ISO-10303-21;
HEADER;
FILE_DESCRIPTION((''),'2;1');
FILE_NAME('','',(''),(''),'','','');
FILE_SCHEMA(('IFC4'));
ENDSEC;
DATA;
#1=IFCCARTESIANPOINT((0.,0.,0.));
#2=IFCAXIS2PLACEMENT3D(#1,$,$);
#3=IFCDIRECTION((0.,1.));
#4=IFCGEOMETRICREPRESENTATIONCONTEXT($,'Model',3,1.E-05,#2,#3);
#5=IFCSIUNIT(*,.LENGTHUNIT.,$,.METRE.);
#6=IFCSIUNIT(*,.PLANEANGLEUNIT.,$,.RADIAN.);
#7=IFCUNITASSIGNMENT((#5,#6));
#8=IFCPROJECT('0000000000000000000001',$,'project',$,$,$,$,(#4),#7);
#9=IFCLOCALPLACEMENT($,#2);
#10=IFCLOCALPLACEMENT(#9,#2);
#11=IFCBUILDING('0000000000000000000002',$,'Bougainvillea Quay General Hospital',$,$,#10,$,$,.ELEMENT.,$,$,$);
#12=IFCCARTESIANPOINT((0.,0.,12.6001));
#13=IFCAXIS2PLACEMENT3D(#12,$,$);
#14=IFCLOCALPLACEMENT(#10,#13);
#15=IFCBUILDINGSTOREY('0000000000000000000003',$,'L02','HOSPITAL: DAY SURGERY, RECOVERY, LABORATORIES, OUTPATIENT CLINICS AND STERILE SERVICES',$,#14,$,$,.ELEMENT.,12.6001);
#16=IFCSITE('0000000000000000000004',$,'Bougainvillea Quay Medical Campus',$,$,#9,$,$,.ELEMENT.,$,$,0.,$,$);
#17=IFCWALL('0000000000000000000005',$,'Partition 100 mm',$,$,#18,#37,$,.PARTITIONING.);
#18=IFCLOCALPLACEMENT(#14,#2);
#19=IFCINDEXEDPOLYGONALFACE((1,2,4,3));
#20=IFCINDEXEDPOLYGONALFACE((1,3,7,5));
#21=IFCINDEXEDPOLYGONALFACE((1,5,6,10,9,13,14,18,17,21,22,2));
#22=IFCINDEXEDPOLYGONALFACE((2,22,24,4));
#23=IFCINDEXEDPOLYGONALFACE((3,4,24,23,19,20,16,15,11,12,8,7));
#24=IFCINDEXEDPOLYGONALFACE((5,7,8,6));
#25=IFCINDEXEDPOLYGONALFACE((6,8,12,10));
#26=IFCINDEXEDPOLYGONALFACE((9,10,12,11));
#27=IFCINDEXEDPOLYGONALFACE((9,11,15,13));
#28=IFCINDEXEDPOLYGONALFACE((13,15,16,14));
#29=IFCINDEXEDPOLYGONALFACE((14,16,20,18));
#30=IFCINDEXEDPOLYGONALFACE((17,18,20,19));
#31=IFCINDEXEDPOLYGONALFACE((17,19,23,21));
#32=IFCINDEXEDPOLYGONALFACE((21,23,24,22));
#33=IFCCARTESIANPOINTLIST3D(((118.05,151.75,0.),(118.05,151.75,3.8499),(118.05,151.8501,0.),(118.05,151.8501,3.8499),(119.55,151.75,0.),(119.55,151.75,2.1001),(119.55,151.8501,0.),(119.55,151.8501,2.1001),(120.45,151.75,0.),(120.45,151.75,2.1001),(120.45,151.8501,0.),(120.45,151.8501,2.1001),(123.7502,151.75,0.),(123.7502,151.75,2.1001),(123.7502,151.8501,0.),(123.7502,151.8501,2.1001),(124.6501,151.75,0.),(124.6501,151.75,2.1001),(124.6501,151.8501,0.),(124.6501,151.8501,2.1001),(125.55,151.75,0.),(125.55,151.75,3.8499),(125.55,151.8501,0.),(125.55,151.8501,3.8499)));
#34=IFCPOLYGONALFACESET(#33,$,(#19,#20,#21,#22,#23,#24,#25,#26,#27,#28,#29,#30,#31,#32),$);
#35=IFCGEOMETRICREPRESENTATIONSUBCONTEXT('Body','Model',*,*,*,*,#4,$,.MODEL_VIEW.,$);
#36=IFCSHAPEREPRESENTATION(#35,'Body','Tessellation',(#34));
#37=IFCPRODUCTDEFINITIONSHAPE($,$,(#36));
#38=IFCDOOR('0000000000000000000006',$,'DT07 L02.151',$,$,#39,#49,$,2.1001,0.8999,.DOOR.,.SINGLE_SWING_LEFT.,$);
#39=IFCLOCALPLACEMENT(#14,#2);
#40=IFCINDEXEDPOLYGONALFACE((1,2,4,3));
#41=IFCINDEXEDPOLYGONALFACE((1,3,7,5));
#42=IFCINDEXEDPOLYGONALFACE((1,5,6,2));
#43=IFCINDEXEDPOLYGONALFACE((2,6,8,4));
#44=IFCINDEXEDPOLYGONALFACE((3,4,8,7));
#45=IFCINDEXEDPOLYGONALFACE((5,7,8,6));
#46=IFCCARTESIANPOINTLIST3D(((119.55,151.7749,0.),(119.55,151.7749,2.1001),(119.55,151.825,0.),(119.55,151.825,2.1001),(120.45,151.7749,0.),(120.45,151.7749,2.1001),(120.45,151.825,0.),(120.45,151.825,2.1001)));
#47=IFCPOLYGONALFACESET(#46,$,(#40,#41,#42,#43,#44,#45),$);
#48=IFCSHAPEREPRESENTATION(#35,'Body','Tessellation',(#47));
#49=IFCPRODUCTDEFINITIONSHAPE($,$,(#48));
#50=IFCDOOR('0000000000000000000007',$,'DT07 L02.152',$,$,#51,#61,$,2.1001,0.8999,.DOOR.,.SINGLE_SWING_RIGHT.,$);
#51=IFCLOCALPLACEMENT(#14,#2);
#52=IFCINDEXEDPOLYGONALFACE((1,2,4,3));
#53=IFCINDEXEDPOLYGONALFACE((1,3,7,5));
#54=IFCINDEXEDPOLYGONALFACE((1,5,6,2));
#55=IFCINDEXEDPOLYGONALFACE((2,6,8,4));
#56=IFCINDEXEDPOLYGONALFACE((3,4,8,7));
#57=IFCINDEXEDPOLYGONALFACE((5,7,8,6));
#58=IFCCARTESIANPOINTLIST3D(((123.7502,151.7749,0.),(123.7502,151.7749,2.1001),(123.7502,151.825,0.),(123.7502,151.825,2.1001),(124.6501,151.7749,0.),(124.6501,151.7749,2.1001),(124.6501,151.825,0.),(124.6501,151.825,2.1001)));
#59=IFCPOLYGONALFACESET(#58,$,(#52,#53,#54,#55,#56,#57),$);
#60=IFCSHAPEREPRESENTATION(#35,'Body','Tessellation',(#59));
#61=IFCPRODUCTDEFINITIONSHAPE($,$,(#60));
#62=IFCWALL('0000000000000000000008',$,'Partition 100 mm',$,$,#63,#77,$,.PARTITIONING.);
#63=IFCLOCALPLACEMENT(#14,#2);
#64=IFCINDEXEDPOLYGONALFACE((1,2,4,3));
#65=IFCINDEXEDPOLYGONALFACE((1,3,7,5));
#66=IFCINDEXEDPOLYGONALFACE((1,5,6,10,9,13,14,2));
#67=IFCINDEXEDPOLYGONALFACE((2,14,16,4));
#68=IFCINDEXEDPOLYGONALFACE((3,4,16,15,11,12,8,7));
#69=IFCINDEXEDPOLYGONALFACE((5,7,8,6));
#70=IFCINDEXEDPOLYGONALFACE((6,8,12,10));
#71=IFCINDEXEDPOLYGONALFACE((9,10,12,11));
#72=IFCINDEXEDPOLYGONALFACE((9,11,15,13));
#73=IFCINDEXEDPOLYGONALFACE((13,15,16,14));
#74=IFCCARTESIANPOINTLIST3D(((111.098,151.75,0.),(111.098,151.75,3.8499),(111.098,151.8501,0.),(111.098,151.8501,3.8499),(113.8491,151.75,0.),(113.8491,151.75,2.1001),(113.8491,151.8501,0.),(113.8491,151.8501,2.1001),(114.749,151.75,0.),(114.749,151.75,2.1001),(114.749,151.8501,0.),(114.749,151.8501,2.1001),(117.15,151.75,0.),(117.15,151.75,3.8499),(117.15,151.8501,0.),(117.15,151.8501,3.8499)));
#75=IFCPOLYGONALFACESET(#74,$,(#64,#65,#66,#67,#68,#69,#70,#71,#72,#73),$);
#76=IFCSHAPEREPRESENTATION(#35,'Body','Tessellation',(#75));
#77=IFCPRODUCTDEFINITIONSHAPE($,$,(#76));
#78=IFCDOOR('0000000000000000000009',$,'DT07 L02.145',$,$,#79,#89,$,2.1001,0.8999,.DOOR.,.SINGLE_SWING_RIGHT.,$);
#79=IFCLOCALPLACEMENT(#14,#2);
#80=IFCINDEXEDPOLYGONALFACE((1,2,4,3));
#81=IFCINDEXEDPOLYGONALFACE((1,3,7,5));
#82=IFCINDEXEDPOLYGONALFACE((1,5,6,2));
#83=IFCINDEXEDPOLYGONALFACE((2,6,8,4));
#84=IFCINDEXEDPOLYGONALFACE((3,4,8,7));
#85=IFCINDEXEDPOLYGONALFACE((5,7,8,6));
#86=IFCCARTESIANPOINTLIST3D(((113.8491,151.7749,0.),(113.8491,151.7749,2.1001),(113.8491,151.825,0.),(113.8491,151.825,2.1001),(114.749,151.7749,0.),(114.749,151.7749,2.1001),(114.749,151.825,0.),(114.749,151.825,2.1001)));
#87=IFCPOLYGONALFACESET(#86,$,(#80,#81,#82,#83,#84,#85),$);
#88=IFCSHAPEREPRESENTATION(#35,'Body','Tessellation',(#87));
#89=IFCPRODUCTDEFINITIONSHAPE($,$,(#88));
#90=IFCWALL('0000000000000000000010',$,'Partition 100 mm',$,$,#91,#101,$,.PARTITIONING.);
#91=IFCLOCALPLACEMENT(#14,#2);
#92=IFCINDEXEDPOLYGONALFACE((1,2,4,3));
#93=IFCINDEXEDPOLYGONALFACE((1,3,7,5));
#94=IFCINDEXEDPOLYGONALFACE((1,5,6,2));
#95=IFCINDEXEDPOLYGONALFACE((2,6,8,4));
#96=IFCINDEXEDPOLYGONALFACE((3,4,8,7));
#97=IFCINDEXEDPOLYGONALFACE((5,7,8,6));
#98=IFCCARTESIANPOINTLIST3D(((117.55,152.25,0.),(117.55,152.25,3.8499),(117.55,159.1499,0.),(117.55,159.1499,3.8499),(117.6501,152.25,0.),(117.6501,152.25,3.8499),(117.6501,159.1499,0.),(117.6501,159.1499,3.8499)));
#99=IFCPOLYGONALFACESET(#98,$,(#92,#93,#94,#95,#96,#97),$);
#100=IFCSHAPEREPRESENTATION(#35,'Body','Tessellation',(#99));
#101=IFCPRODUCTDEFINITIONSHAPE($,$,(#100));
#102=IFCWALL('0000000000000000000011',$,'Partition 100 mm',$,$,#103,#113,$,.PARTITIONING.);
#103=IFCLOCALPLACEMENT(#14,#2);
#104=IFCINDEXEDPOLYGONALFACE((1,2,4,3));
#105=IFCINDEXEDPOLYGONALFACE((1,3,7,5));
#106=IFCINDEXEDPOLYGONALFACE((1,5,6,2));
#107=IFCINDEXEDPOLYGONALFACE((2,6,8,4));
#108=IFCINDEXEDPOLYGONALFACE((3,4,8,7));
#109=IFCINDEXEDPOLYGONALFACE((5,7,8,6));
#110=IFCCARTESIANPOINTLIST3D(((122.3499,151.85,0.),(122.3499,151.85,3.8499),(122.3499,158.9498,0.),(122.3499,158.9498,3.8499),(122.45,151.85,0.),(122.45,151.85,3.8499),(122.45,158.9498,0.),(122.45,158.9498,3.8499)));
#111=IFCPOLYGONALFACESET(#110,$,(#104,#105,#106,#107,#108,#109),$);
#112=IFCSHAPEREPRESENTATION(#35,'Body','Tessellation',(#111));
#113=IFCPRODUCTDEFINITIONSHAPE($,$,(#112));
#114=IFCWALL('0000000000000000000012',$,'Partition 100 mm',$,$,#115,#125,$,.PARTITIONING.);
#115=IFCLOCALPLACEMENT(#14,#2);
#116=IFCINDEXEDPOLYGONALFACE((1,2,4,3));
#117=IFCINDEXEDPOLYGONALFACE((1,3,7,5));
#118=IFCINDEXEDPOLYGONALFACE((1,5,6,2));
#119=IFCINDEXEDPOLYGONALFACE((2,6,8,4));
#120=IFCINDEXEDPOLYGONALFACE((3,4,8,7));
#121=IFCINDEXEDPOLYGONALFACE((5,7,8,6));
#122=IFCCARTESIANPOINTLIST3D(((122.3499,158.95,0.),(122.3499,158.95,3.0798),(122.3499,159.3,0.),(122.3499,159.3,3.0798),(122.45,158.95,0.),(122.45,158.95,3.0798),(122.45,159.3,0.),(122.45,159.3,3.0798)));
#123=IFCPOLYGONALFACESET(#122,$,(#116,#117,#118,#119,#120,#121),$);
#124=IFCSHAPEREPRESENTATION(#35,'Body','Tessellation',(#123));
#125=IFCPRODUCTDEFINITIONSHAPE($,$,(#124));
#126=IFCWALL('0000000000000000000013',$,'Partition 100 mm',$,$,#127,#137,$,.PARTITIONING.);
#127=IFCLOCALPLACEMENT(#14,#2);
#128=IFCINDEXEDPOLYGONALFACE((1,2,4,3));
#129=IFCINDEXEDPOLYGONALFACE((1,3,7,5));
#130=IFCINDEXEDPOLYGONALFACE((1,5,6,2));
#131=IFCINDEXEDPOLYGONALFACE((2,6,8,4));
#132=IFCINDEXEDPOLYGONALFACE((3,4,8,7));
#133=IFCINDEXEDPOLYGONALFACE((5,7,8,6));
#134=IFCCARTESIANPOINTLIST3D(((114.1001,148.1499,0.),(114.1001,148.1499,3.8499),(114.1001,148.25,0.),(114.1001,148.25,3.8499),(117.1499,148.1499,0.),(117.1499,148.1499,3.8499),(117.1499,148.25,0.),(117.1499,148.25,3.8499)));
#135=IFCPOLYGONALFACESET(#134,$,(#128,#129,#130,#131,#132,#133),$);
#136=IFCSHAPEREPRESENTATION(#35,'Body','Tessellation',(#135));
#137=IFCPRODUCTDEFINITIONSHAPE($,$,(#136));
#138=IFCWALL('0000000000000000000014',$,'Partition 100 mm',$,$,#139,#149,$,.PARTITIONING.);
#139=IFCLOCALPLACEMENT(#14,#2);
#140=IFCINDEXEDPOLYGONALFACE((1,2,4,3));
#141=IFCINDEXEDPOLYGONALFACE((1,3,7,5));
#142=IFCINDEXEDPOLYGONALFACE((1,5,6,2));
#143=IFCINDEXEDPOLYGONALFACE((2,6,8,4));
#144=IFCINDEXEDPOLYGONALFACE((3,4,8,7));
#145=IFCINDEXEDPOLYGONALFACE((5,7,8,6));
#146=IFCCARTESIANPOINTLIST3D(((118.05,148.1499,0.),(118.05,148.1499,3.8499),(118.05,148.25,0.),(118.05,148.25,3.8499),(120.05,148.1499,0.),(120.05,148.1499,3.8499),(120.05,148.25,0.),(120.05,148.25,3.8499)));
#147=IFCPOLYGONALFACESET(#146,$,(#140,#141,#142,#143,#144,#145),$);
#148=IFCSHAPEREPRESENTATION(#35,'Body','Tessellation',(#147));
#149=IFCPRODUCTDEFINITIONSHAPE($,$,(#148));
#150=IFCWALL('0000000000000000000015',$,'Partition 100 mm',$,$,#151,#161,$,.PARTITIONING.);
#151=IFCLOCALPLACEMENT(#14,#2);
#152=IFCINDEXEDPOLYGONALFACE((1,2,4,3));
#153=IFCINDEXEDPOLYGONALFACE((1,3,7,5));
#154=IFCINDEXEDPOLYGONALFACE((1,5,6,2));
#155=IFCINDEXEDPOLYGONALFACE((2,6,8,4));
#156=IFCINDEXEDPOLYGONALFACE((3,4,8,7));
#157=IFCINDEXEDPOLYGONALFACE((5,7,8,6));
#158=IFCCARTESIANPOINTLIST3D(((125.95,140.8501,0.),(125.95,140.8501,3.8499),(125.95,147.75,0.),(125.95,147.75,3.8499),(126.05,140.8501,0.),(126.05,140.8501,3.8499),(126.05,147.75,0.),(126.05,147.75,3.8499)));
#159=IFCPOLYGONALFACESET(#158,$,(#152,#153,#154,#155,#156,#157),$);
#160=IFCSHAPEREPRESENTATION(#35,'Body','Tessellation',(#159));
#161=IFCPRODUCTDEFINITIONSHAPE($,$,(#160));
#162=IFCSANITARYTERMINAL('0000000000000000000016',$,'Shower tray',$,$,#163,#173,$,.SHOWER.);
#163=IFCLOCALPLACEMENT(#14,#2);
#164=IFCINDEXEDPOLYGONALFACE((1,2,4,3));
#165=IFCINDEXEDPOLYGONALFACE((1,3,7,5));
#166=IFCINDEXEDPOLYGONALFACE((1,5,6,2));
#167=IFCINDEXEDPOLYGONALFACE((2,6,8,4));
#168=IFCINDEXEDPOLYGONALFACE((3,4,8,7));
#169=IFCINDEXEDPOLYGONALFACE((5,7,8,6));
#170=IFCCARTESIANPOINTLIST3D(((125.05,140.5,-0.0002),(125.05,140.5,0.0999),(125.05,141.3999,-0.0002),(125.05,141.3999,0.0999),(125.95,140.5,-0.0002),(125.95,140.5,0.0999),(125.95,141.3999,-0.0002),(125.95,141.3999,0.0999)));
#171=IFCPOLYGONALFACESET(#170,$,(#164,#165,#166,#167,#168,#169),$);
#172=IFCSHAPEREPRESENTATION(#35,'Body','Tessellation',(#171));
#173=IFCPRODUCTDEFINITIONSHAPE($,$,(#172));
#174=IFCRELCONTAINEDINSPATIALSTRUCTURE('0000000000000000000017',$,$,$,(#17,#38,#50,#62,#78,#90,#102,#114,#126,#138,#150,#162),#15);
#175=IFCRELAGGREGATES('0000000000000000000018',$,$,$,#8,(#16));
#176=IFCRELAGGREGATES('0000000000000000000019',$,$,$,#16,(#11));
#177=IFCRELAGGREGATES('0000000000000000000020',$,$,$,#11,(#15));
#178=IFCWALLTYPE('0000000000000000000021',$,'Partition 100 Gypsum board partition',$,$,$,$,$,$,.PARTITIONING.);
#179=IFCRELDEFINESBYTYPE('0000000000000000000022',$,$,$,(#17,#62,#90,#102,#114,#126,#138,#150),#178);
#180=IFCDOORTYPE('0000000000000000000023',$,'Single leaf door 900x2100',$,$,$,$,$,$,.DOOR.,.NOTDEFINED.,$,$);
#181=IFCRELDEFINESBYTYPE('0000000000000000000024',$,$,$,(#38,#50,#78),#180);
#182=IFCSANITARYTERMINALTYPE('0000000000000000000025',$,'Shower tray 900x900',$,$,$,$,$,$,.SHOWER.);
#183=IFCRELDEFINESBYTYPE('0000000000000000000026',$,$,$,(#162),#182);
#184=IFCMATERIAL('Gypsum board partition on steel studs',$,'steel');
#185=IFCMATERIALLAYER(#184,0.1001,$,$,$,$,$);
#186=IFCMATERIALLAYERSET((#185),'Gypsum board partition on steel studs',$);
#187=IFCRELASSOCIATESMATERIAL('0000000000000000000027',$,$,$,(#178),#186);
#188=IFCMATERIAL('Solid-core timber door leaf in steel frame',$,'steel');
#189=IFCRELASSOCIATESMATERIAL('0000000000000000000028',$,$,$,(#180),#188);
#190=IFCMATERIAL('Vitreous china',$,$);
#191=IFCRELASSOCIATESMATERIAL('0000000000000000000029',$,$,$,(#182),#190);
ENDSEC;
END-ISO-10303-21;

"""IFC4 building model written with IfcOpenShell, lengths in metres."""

from ifc_helpers import new_model, si_unit, direction, frame, frame_2d, origin, origin_2d, place, context, subcontext, project, spatial, rectangle, extrude, material, layer, layer_set, type_object, element, fill, save


model = new_model("IFC4")

# Units and contexts
model_context = context("Model", 3, precision=1e-05, world=origin(), true_north=direction((0.0, 1.0)))
body_context = subcontext(model_context, "Body", "Model", "MODEL_VIEW")
ifc_project = project(units=[si_unit("LENGTHUNIT", "METRE"), si_unit("PLANEANGLEUNIT", "RADIAN")], contexts=[model_context])

# Site, building, storey
site_placement = place(None, origin())
site = spatial("IfcSite", under=ifc_project, at=site_placement, Name="Bougainvillea Quay Medical Campus", CompositionType="ELEMENT", RefElevation=0.0)
building_placement = place(site_placement, origin())
building = spatial("IfcBuilding", under=site, at=building_placement, Name="Bougainvillea Quay General Hospital", CompositionType="ELEMENT")
storey_placement = place(building_placement, frame((0.0, 0.0, 12.6001)))
storey = spatial("IfcBuildingStorey", under=building, at=storey_placement, Name="L02", Description="HOSPITAL: DAY SURGERY, RECOVERY, LABORATORIES, OUTPATIENT CLINICS AND STERILE SERVICES", CompositionType="ELEMENT", Elevation=12.6001)

# Shared definitions
ifc_material_1 = material(Name="Gypsum board partition on steel studs", Category="steel")
ifc_layer_1 = layer(ifc_material_1, 0.1001)
ifc_layer_set_1 = layer_set([ifc_layer_1], Name="Gypsum board partition on steel studs")
wall_type_1 = type_object("IfcWallType", Name="Partition 100 Gypsum board partition", PredefinedType="PARTITIONING", material=ifc_layer_set_1)

# Wall, openings, doors
wall_1_placement = place(storey_placement, frame((125.55, 151.8, 0.0), z_axis=(0.0, 0.0, 1.0), x_axis=(-1.0, 0.0, 0.0)))
wall_1 = element("IfcWall", 1, at=wall_1_placement, inside=storey, type_object=wall_type_1, Name="Partition 100 mm", PredefinedType="PARTITIONING", context=body_context, shape_type="SweptSolid", body=[
    extrude(rectangle(XDim=7.5, YDim=0.1001, at=frame_2d((3.75, 0.0))), origin(), (0.0, 0.0, 1.0), 3.8499),
])
opening_1_placement = place(wall_1_placement, frame((5.1001, 0.0, 0.0)))
opening_1 = element("IfcOpeningElement", 2, at=opening_1_placement, cuts=wall_1, PredefinedType="OPENING", context=body_context, shape_type="SweptSolid", body=[
    extrude(rectangle(XDim=0.8999, YDim=2.1001, at=frame_2d((0.45, 1.05))), frame((0.0, 0.0601, 0.0), z_axis=(0.0, -1.0, 0.0), x_axis=(1.0, 0.0, 0.0)), (0.0, 0.0, 1.0), 0.1201),
])
opening_2_placement = place(wall_1_placement, frame((0.8999, 0.0, 0.0)))
opening_2 = element("IfcOpeningElement", 3, at=opening_2_placement, cuts=wall_1, PredefinedType="OPENING", context=body_context, shape_type="SweptSolid", body=[
    extrude(rectangle(XDim=0.8999, YDim=2.1001, at=frame_2d((0.45, 1.05))), frame((0.0, 0.0601, 0.0), z_axis=(0.0, -1.0, 0.0), x_axis=(1.0, 0.0, 0.0)), (0.0, 0.0, 1.0), 0.1201),
])
ifc_material_2 = material(Name="Solid-core timber door leaf in steel frame", Category="steel")
door_type = type_object("IfcDoorType", Name="Single leaf door 900x2100", OperationType="NOTDEFINED", PredefinedType="DOOR", material=ifc_material_2)
door_1_placement = place(opening_1_placement, frame((0.8999, 0.0, 0.0), z_axis=(0.0, 0.0, 1.0), x_axis=(-1.0, 0.0, 0.0)))
door_1 = element("IfcDoor", 4, at=door_1_placement, inside=storey, type_object=door_type, Name="DT07 L02.151", OperationType="SINGLE_SWING_LEFT", OverallHeight=2.1001, OverallWidth=0.8999, PredefinedType="DOOR", context=body_context, shape_type="SweptSolid", body=[
    extrude(rectangle(XDim=0.8999, YDim=2.1001, at=frame_2d((0.45, 1.05))), frame((0.0, 0.0249, 0.0), z_axis=(0.0, -1.0, 0.0), x_axis=(1.0, 0.0, 0.0)), (0.0, 0.0, 1.0), 0.05),
])
fill(opening_1, door_1)
door_2_placement = place(opening_2_placement, frame((0.8999, 0.0, 0.0), z_axis=(0.0, 0.0, 1.0), x_axis=(-1.0, 0.0, 0.0)))
door_2 = element("IfcDoor", 5, at=door_2_placement, inside=storey, type_object=door_type, Name="DT07 L02.152", OperationType="SINGLE_SWING_RIGHT", OverallHeight=2.1001, OverallWidth=0.8999, PredefinedType="DOOR", context=body_context, shape_type="SweptSolid", body=[
    extrude(rectangle(XDim=0.8999, YDim=2.1001, at=frame_2d((0.45, 1.05))), frame((0.0, 0.0249, 0.0), z_axis=(0.0, -1.0, 0.0), x_axis=(1.0, 0.0, 0.0)), (0.0, 0.0, 1.0), 0.05),
])
fill(opening_2, door_2)

# Wall, opening, door
wall_2_placement = place(storey_placement, frame((117.1499, 151.8, 0.0), z_axis=(0.0, 0.0, 1.0), x_axis=(-1.0, 0.0, 0.0)))
wall_2 = element("IfcWall", 6, at=wall_2_placement, inside=storey, type_object=wall_type_1, Name="Partition 100 mm", PredefinedType="PARTITIONING", context=body_context, shape_type="SweptSolid", body=[
    extrude(rectangle(XDim=6.052, YDim=0.1001, at=frame_2d((3.0259, 0.0))), origin(), (0.0, 0.0, 1.0), 3.8499),
])
opening_3_placement = place(wall_2_placement, frame((2.4009, 0.0, 0.0)))
opening_3 = element("IfcOpeningElement", 7, at=opening_3_placement, cuts=wall_2, PredefinedType="OPENING", context=body_context, shape_type="SweptSolid", body=[
    extrude(rectangle(XDim=0.8999, YDim=2.1001, at=frame_2d((0.45, 1.05))), frame((0.0, 0.0601, 0.0), z_axis=(0.0, -1.0, 0.0), x_axis=(1.0, 0.0, 0.0)), (0.0, 0.0, 1.0), 0.1201),
])
door_3_placement = place(opening_3_placement, frame((0.8999, 0.0, 0.0), z_axis=(0.0, 0.0, 1.0), x_axis=(-1.0, 0.0, 0.0)))
door_3 = element("IfcDoor", 8, at=door_3_placement, inside=storey, type_object=door_type, Name="DT07 L02.145", OperationType="SINGLE_SWING_RIGHT", OverallHeight=2.1001, OverallWidth=0.8999, PredefinedType="DOOR", context=body_context, shape_type="SweptSolid", body=[
    extrude(rectangle(XDim=0.8999, YDim=2.1001, at=frame_2d((0.45, 1.05))), frame((0.0, 0.0249, 0.0), z_axis=(0.0, -1.0, 0.0), x_axis=(1.0, 0.0, 0.0)), (0.0, 0.0, 1.0), 0.05),
])
fill(opening_3, door_3)

# Walls
wall_3_placement = place(storey_placement, frame((117.6001, 152.25, 0.0), z_axis=(0.0, 0.0, 1.0), x_axis=(0.0, 1.0, 0.0)))
element("IfcWall", 9, at=wall_3_placement, inside=storey, type_object=wall_type_1, Name="Partition 100 mm", PredefinedType="PARTITIONING", context=body_context, shape_type="SweptSolid", body=[
    extrude(rectangle(XDim=6.8999, YDim=0.1001, at=frame_2d((3.45, 0.0))), origin(), (0.0, 0.0, 1.0), 3.8499),
])
wall_4_placement = place(storey_placement, frame((122.3999, 151.8501, 0.0), z_axis=(0.0, 0.0, 1.0), x_axis=(0.0, 1.0, 0.0)))
element("IfcWall", 10, at=wall_4_placement, inside=storey, type_object=wall_type_1, Name="Partition 100 mm", PredefinedType="PARTITIONING", context=body_context, shape_type="SweptSolid", body=[
    extrude(rectangle(XDim=7.0999, YDim=0.1001, at=frame_2d((3.5498, 0.0))), origin(), (0.0, 0.0, 1.0), 3.8499),
])
wall_5_placement = place(storey_placement, frame((122.3999, 158.95, 0.0), z_axis=(0.0, 0.0, 1.0), x_axis=(0.0, 1.0, 0.0)))
element("IfcWall", 11, at=wall_5_placement, inside=storey, type_object=wall_type_1, Name="Partition 100 mm", PredefinedType="PARTITIONING", context=body_context, shape_type="SweptSolid", body=[
    extrude(rectangle(XDim=0.3501, YDim=0.1001, at=frame_2d((0.175, 0.0))), origin(), (0.0, 0.0, 1.0), 3.0798),
])
wall_6_placement = place(storey_placement, frame((114.1001, 148.2, 0.0), z_axis=(0.0, 0.0, 1.0), x_axis=(1.0, 0.0, 0.0)))
element("IfcWall", 12, at=wall_6_placement, inside=storey, type_object=wall_type_1, Name="Partition 100 mm", PredefinedType="PARTITIONING", context=body_context, shape_type="SweptSolid", body=[
    extrude(rectangle(XDim=3.0498, YDim=0.1001, at=frame_2d((1.5249, 0.0))), origin(), (0.0, 0.0, 1.0), 3.8499),
])
wall_7_placement = place(storey_placement, frame((118.05, 148.2, 0.0), z_axis=(0.0, 0.0, 1.0), x_axis=(1.0, 0.0, 0.0)))
element("IfcWall", 13, at=wall_7_placement, inside=storey, type_object=wall_type_1, Name="Partition 100 mm", PredefinedType="PARTITIONING", context=body_context, shape_type="SweptSolid", body=[
    extrude(rectangle(XDim=2.0, YDim=0.1001, at=frame_2d((1.0, 0.0))), origin(), (0.0, 0.0, 1.0), 3.8499),
])
wall_8_placement = place(storey_placement, frame((126.0, 140.8501, 0.0), z_axis=(0.0, 0.0, 1.0), x_axis=(0.0, 1.0, 0.0)))
element("IfcWall", 14, at=wall_8_placement, inside=storey, type_object=wall_type_1, Name="Partition 100 mm", PredefinedType="PARTITIONING", context=body_context, shape_type="SweptSolid", body=[
    extrude(rectangle(XDim=6.8999, YDim=0.1001, at=frame_2d((3.45, 0.0))), origin(), (0.0, 0.0, 1.0), 3.8499),
])

# Sanitary terminal
ifc_material_3 = material(Name="Vitreous china")
sanitary_terminal_type = type_object("IfcSanitaryTerminalType", Name="Shower tray 900x900", PredefinedType="SHOWER", material=ifc_material_3)
sanitary_terminal_placement = place(storey_placement, frame((125.5, 140.95, -0.0002), z_axis=(0.0, 0.0, 1.0), x_axis=(0.0, -1.0, 0.0)))
element("IfcSanitaryTerminal", 15, at=sanitary_terminal_placement, inside=storey, type_object=sanitary_terminal_type, Name="Shower tray", PredefinedType="SHOWER", context=body_context, shape_type="SweptSolid", body=[
    extrude(rectangle(XDim=0.8999, YDim=0.8999, at=origin_2d()), origin(), (0.0, 0.0, 1.0), 0.1001),
])

save(model, "model.ifc")
